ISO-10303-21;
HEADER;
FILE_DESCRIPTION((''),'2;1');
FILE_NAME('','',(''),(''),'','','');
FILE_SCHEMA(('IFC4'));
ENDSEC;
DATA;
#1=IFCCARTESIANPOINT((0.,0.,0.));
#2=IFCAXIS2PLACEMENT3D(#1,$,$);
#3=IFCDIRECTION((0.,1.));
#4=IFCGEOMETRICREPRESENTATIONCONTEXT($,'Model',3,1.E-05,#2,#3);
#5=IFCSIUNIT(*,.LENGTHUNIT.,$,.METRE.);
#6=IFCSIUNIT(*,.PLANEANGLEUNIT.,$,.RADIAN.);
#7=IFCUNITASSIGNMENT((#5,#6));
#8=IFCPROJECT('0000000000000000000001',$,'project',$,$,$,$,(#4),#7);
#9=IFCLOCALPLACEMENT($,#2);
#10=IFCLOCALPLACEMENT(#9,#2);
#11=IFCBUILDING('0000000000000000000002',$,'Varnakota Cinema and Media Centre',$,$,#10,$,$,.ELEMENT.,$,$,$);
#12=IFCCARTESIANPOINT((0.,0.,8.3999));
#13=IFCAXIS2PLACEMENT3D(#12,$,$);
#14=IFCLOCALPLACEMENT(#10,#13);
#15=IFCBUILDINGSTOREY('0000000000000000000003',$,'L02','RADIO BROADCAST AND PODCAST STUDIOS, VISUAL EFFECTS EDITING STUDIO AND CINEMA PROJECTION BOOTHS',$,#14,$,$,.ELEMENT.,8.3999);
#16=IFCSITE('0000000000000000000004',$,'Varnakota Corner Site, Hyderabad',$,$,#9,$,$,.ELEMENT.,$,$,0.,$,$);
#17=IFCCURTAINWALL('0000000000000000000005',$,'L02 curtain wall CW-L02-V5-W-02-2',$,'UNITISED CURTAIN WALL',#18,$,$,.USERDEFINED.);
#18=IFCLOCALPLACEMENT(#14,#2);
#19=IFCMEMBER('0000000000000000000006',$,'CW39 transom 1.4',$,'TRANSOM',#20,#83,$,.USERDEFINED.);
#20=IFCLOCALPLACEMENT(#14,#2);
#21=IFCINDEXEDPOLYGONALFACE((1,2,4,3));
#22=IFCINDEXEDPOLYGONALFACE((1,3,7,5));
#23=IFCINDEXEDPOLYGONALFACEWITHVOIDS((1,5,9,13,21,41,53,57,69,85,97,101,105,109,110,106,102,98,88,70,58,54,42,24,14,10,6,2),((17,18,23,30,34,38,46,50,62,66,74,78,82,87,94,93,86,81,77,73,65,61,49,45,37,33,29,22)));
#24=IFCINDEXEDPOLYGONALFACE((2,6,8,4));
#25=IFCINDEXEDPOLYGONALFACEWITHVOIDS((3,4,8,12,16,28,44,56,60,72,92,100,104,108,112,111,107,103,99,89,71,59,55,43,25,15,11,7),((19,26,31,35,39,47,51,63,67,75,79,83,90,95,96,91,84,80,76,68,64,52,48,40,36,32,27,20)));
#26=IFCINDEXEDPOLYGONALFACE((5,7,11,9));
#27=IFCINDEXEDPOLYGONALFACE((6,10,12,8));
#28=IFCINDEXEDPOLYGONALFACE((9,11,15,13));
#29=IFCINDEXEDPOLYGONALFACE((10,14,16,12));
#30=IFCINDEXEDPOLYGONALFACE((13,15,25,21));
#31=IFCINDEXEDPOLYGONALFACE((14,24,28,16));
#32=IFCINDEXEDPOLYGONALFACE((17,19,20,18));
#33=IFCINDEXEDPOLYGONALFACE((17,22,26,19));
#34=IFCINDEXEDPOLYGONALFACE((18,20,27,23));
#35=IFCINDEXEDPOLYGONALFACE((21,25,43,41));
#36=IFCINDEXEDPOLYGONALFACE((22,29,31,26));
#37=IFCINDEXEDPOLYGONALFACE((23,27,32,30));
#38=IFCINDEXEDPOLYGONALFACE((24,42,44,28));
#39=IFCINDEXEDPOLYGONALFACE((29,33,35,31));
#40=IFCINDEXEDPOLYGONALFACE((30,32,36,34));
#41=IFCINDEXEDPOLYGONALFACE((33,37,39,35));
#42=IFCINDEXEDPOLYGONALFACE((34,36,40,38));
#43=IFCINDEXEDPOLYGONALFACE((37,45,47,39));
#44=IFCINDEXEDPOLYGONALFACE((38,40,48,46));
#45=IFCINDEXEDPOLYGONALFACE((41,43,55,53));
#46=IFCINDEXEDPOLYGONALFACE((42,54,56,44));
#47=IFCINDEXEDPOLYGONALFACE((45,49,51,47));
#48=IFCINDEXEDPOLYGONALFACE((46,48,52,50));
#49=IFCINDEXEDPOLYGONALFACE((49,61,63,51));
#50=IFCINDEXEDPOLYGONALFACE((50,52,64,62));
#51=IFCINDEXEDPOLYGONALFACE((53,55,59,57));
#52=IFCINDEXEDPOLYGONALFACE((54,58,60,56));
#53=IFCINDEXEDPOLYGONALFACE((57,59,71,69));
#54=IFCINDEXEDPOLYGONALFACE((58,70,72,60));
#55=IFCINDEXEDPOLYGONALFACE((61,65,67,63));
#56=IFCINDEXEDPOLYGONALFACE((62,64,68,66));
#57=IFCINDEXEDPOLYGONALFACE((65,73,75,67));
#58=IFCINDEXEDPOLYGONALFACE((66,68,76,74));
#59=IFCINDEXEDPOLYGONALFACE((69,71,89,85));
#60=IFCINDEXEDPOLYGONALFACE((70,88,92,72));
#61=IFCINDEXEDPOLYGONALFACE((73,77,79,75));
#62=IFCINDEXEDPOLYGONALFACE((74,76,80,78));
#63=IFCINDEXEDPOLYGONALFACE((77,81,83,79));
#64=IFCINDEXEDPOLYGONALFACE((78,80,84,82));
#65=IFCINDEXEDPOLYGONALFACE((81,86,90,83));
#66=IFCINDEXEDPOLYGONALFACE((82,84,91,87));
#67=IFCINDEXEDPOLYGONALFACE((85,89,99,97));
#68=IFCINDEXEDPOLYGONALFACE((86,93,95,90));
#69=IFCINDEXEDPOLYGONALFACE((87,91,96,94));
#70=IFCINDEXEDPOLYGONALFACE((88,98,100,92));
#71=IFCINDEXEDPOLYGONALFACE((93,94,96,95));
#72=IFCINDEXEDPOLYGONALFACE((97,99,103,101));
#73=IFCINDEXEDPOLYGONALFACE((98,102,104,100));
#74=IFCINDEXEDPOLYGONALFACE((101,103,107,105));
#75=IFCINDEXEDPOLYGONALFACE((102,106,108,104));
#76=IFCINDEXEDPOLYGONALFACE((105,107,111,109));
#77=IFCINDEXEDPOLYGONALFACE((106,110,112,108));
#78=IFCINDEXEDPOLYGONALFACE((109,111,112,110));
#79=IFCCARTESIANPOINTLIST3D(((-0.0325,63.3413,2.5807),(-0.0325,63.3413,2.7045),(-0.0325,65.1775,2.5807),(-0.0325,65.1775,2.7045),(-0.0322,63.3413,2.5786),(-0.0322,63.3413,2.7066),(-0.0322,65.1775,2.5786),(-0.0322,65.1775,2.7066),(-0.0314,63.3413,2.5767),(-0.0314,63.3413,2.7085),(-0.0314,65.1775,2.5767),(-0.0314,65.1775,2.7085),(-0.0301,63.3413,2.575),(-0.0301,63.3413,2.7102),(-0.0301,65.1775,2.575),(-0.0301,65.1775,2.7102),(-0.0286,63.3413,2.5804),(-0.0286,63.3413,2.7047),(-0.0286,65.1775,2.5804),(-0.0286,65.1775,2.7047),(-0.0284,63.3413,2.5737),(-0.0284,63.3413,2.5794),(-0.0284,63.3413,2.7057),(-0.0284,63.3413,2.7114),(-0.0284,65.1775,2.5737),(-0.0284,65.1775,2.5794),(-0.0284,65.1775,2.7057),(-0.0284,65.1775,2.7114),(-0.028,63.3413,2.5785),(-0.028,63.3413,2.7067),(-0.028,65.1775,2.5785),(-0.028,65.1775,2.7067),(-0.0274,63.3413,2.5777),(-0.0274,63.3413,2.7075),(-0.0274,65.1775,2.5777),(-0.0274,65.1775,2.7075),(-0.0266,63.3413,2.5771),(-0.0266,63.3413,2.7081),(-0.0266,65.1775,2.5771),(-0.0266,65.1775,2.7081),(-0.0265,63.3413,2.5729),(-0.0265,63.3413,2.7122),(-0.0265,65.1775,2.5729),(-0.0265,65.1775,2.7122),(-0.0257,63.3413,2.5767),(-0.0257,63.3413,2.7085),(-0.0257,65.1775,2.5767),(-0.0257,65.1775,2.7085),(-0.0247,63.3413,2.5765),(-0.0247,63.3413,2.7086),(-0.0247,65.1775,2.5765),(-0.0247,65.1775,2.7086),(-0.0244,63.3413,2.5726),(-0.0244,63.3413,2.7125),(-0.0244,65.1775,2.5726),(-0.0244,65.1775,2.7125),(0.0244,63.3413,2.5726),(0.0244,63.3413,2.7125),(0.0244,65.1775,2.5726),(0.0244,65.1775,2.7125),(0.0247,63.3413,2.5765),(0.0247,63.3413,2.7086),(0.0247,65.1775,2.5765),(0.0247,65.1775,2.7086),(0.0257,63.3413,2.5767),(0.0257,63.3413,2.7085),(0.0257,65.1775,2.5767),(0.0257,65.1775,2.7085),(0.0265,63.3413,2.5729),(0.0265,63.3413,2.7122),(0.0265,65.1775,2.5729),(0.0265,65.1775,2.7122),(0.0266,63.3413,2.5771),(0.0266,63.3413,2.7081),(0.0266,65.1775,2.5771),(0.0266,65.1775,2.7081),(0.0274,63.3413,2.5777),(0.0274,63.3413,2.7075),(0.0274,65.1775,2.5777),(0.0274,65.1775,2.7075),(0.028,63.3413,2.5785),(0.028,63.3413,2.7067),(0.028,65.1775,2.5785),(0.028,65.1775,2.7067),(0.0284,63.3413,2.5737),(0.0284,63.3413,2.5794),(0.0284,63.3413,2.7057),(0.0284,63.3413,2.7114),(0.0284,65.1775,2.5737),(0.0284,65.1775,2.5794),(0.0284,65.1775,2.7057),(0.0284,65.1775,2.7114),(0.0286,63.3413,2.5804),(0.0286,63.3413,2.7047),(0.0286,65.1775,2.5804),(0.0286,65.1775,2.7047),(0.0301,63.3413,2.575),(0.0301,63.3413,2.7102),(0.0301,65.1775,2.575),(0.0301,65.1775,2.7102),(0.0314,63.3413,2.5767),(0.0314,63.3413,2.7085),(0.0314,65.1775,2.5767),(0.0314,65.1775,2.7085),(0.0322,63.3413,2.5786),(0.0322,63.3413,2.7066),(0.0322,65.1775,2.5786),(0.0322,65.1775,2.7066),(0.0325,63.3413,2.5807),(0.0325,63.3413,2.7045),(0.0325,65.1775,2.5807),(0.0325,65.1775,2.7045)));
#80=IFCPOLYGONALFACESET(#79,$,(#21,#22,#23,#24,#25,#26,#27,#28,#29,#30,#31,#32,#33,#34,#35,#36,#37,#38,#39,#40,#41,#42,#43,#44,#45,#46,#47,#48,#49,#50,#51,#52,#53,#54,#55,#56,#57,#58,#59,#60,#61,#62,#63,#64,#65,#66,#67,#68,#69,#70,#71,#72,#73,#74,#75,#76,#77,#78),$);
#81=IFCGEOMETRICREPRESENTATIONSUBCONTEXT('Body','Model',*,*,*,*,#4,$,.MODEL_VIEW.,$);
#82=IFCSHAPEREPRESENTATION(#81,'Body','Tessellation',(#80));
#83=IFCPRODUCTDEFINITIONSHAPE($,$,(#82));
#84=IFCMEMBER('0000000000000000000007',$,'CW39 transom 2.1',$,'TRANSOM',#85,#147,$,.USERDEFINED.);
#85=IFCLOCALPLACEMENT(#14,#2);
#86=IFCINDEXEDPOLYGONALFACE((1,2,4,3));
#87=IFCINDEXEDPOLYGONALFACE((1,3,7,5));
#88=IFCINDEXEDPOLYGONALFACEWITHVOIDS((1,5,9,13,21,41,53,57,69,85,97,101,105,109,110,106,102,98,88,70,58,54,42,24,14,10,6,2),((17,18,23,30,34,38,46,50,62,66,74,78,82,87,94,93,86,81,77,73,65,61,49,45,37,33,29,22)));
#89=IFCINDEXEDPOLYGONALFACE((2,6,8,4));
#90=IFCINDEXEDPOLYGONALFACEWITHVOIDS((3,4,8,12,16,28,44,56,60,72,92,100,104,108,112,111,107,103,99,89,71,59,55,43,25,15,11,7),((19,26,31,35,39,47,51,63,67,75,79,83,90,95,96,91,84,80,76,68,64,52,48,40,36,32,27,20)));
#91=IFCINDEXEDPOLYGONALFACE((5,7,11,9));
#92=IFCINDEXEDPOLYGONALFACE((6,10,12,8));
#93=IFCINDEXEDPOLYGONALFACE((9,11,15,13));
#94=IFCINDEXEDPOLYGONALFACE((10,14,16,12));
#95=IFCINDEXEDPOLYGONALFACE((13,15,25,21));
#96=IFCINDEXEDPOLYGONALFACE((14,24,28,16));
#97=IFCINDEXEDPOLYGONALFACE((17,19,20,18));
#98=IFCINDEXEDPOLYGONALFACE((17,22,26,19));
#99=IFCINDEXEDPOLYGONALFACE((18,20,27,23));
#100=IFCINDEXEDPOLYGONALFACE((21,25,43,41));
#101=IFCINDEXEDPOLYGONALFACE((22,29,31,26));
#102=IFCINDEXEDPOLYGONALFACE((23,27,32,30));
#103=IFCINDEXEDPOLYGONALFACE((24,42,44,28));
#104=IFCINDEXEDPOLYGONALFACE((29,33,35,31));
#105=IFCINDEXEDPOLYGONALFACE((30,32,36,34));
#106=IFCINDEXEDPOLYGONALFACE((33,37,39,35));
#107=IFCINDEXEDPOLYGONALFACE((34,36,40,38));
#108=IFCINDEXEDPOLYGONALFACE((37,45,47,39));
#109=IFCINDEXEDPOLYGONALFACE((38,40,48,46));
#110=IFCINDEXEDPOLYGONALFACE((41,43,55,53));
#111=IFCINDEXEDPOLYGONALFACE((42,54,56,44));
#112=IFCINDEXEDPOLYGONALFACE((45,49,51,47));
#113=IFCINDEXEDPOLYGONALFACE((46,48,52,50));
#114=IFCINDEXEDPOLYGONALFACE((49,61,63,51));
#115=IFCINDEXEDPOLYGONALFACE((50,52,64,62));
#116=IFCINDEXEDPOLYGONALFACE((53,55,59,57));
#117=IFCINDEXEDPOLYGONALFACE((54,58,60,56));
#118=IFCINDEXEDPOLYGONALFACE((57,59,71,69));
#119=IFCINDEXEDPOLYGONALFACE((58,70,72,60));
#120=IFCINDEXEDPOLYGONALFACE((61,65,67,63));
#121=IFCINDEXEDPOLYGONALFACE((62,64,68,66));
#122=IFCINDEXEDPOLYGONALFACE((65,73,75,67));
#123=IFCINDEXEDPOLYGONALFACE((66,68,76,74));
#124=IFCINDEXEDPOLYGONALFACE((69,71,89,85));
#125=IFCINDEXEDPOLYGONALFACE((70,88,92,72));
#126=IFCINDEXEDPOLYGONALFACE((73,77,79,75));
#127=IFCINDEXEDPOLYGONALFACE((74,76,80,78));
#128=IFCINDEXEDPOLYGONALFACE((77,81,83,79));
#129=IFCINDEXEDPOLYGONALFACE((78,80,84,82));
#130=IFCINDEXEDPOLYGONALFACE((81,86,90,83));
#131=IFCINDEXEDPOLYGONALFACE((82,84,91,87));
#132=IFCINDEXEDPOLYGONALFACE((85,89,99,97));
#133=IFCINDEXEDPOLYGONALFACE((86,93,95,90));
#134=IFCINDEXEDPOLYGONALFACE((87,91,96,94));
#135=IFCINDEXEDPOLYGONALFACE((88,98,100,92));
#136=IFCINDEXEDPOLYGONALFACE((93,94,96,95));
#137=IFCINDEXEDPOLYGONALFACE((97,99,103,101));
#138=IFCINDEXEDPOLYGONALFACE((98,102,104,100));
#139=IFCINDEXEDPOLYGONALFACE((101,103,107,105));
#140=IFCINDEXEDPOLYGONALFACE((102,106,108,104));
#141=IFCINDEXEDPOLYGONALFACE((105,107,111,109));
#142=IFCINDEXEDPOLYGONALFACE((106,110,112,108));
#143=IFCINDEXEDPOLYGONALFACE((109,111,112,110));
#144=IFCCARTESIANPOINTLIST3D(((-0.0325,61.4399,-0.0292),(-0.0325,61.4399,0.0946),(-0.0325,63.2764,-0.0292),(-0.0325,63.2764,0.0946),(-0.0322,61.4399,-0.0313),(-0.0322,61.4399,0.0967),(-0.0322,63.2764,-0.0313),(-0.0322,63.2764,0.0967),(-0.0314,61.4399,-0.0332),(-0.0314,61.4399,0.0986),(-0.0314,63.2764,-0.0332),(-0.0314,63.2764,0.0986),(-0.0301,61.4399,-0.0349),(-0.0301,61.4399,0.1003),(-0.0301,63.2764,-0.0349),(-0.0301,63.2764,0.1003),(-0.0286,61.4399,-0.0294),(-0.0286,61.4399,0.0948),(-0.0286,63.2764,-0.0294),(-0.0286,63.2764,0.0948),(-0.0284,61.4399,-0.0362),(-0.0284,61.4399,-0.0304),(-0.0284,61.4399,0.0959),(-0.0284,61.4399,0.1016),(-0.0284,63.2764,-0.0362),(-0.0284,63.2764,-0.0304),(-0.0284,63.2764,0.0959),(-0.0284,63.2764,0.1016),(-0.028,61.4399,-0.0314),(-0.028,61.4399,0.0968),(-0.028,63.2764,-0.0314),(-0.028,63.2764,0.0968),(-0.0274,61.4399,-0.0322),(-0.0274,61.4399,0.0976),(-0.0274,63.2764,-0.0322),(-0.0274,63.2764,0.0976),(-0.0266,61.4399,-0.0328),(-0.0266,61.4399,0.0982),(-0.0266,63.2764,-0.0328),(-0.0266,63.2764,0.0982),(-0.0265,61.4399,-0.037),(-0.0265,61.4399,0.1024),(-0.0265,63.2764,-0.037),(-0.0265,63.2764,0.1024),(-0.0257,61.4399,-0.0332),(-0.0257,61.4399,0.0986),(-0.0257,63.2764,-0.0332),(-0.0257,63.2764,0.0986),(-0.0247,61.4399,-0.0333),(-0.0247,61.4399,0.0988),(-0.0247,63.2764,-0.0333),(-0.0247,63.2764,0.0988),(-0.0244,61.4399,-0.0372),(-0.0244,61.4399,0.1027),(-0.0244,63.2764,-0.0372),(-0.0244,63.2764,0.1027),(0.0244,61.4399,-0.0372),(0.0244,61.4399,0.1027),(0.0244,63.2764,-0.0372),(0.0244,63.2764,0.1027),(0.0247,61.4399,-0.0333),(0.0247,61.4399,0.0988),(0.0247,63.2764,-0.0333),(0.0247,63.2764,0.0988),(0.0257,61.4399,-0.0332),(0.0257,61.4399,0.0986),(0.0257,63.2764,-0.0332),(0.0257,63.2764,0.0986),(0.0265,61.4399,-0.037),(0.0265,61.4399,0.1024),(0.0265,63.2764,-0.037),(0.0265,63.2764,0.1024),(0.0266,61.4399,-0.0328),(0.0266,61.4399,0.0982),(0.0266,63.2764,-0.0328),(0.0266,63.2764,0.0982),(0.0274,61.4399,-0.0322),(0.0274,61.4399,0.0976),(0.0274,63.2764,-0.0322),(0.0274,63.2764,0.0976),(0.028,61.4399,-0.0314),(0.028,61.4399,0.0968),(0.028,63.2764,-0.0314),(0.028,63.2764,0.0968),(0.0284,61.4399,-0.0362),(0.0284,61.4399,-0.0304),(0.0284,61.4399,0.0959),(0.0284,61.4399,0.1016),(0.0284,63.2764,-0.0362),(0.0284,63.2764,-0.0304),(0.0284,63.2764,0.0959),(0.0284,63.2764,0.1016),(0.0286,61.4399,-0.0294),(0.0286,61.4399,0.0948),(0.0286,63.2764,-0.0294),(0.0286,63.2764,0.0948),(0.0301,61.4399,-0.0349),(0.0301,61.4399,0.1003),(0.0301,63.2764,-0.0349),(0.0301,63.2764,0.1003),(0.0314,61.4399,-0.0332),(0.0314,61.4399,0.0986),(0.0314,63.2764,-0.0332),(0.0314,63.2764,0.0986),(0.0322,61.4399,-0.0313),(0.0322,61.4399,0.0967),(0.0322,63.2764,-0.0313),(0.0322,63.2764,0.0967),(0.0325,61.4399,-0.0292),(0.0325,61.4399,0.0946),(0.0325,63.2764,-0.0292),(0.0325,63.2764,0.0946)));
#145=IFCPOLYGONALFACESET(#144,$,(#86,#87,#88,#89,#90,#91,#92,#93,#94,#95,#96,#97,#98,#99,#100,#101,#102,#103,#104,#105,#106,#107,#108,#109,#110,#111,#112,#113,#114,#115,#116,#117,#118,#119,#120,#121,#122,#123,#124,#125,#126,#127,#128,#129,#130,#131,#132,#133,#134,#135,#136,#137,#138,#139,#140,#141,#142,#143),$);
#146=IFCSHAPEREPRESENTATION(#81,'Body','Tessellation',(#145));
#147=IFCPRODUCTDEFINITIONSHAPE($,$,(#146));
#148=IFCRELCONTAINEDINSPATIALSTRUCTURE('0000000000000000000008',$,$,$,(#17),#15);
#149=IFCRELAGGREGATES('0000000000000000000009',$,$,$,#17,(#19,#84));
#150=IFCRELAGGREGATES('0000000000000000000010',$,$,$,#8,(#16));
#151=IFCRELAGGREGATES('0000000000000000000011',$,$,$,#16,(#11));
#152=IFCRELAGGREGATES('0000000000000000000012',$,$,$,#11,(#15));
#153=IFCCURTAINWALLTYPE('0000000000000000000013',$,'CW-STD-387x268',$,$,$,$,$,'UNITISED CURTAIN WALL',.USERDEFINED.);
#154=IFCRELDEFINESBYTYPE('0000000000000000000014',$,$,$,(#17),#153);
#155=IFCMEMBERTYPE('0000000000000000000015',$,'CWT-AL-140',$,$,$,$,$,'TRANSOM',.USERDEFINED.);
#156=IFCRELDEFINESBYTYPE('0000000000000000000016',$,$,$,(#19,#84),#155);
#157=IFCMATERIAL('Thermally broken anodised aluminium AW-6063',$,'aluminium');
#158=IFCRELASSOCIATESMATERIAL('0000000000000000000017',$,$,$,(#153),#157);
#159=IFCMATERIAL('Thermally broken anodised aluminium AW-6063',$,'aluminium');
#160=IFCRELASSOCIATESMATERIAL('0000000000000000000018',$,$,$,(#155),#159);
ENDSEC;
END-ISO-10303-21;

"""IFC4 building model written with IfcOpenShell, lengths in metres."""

from ifc_helpers import new_model, si_unit, direction, frame, origin, origin_2d, place, context, subcontext, project, spatial, hollow_rectangle, extrude, material, material_profile, profile_set, type_object, element, aggregate, save


model = new_model("IFC4")

# Units and contexts
model_context = context("Model", 3, precision=1e-05, world=origin(), true_north=direction((0.0, 1.0)))
body_context = subcontext(model_context, "Body", "Model", "MODEL_VIEW")
ifc_project = project(units=[si_unit("LENGTHUNIT", "METRE"), si_unit("PLANEANGLEUNIT", "RADIAN")], contexts=[model_context])

# Site, building, storey
site_placement = place(None, origin())
site = spatial("IfcSite", under=ifc_project, at=site_placement, Name="Varnakota Corner Site, Hyderabad", CompositionType="ELEMENT", RefElevation=0.0)
building_placement = place(site_placement, origin())
building = spatial("IfcBuilding", under=site, at=building_placement, Name="Varnakota Cinema and Media Centre", CompositionType="ELEMENT")
storey_placement = place(building_placement, frame((0.0, 0.0, 8.3999)))
storey = spatial("IfcBuildingStorey", under=building, at=storey_placement, Name="L02", Description="RADIO BROADCAST AND PODCAST STUDIOS, VISUAL EFFECTS EDITING STUDIO AND CINEMA PROJECTION BOOTHS", CompositionType="ELEMENT", Elevation=8.3999)

# Curtain wall, members
ifc_material_1 = material(Name="Thermally broken anodised aluminium AW-6063", Category="aluminium")
curtain_wall_type = type_object("IfcCurtainWallType", Name="CW-STD-387x268", ElementType="UNITISED CURTAIN WALL", PredefinedType="USERDEFINED", material=ifc_material_1)
curtain_wall_placement = place(storey_placement, origin())
curtain_wall = element("IfcCurtainWall", 1, at=curtain_wall_placement, inside=storey, type_object=curtain_wall_type, Name="L02 curtain wall CW-L02-V5-W-02-2", ObjectType="UNITISED CURTAIN WALL", PredefinedType="USERDEFINED")
ifc_material_2 = material(Name="Thermally broken anodised aluminium AW-6063", Category="aluminium")
ifc_material_profile_1 = material_profile(ifc_material_2, hollow_rectangle(XDim=0.0649, YDim=0.1399, WallThickness=0.0039, InnerFilletRadius=0.0039, OuterFilletRadius=0.0081, at=origin_2d()), Name="AL-TRANSOM 140x65x4")
ifc_profile_set_1 = profile_set([ifc_material_profile_1], Name="Thermally broken anodised aluminium AW-6063")
member_type_1 = type_object("IfcMemberType", Name="CWT-AL-140", ElementType="TRANSOM", PredefinedType="USERDEFINED", material=ifc_profile_set_1)
member_1_placement = place(storey_placement, frame((0.0, 65.1775, 2.6426), z_axis=(0.0, -1.0, 0.0), x_axis=(1.0, 0.0, 0.0)))
member_1 = element("IfcMember", 2, at=member_1_placement, type_object=member_type_1, Name="CW39 transom 1.4", ObjectType="TRANSOM", PredefinedType="USERDEFINED", context=body_context, shape_type="SweptSolid", body=[
    extrude(hollow_rectangle(XDim=0.0649, YDim=0.1399, WallThickness=0.0039, InnerFilletRadius=0.0039, OuterFilletRadius=0.0081, at=origin_2d()), origin(), (0.0, 0.0, 1.0), 1.8362),
])
member_2_placement = place(storey_placement, frame((0.0, 63.2764, 0.0327), z_axis=(0.0, -1.0, 0.0), x_axis=(1.0, 0.0, 0.0)))
member_2 = element("IfcMember", 3, at=member_2_placement, type_object=member_type_1, Name="CW39 transom 2.1", ObjectType="TRANSOM", PredefinedType="USERDEFINED", context=body_context, shape_type="SweptSolid", body=[
    extrude(hollow_rectangle(XDim=0.0649, YDim=0.1399, WallThickness=0.0039, InnerFilletRadius=0.0039, OuterFilletRadius=0.0081, at=origin_2d()), origin(), (0.0, 0.0, 1.0), 1.8364),
])
aggregate(curtain_wall, [member_1, member_2])

save(model, "model.ifc")
